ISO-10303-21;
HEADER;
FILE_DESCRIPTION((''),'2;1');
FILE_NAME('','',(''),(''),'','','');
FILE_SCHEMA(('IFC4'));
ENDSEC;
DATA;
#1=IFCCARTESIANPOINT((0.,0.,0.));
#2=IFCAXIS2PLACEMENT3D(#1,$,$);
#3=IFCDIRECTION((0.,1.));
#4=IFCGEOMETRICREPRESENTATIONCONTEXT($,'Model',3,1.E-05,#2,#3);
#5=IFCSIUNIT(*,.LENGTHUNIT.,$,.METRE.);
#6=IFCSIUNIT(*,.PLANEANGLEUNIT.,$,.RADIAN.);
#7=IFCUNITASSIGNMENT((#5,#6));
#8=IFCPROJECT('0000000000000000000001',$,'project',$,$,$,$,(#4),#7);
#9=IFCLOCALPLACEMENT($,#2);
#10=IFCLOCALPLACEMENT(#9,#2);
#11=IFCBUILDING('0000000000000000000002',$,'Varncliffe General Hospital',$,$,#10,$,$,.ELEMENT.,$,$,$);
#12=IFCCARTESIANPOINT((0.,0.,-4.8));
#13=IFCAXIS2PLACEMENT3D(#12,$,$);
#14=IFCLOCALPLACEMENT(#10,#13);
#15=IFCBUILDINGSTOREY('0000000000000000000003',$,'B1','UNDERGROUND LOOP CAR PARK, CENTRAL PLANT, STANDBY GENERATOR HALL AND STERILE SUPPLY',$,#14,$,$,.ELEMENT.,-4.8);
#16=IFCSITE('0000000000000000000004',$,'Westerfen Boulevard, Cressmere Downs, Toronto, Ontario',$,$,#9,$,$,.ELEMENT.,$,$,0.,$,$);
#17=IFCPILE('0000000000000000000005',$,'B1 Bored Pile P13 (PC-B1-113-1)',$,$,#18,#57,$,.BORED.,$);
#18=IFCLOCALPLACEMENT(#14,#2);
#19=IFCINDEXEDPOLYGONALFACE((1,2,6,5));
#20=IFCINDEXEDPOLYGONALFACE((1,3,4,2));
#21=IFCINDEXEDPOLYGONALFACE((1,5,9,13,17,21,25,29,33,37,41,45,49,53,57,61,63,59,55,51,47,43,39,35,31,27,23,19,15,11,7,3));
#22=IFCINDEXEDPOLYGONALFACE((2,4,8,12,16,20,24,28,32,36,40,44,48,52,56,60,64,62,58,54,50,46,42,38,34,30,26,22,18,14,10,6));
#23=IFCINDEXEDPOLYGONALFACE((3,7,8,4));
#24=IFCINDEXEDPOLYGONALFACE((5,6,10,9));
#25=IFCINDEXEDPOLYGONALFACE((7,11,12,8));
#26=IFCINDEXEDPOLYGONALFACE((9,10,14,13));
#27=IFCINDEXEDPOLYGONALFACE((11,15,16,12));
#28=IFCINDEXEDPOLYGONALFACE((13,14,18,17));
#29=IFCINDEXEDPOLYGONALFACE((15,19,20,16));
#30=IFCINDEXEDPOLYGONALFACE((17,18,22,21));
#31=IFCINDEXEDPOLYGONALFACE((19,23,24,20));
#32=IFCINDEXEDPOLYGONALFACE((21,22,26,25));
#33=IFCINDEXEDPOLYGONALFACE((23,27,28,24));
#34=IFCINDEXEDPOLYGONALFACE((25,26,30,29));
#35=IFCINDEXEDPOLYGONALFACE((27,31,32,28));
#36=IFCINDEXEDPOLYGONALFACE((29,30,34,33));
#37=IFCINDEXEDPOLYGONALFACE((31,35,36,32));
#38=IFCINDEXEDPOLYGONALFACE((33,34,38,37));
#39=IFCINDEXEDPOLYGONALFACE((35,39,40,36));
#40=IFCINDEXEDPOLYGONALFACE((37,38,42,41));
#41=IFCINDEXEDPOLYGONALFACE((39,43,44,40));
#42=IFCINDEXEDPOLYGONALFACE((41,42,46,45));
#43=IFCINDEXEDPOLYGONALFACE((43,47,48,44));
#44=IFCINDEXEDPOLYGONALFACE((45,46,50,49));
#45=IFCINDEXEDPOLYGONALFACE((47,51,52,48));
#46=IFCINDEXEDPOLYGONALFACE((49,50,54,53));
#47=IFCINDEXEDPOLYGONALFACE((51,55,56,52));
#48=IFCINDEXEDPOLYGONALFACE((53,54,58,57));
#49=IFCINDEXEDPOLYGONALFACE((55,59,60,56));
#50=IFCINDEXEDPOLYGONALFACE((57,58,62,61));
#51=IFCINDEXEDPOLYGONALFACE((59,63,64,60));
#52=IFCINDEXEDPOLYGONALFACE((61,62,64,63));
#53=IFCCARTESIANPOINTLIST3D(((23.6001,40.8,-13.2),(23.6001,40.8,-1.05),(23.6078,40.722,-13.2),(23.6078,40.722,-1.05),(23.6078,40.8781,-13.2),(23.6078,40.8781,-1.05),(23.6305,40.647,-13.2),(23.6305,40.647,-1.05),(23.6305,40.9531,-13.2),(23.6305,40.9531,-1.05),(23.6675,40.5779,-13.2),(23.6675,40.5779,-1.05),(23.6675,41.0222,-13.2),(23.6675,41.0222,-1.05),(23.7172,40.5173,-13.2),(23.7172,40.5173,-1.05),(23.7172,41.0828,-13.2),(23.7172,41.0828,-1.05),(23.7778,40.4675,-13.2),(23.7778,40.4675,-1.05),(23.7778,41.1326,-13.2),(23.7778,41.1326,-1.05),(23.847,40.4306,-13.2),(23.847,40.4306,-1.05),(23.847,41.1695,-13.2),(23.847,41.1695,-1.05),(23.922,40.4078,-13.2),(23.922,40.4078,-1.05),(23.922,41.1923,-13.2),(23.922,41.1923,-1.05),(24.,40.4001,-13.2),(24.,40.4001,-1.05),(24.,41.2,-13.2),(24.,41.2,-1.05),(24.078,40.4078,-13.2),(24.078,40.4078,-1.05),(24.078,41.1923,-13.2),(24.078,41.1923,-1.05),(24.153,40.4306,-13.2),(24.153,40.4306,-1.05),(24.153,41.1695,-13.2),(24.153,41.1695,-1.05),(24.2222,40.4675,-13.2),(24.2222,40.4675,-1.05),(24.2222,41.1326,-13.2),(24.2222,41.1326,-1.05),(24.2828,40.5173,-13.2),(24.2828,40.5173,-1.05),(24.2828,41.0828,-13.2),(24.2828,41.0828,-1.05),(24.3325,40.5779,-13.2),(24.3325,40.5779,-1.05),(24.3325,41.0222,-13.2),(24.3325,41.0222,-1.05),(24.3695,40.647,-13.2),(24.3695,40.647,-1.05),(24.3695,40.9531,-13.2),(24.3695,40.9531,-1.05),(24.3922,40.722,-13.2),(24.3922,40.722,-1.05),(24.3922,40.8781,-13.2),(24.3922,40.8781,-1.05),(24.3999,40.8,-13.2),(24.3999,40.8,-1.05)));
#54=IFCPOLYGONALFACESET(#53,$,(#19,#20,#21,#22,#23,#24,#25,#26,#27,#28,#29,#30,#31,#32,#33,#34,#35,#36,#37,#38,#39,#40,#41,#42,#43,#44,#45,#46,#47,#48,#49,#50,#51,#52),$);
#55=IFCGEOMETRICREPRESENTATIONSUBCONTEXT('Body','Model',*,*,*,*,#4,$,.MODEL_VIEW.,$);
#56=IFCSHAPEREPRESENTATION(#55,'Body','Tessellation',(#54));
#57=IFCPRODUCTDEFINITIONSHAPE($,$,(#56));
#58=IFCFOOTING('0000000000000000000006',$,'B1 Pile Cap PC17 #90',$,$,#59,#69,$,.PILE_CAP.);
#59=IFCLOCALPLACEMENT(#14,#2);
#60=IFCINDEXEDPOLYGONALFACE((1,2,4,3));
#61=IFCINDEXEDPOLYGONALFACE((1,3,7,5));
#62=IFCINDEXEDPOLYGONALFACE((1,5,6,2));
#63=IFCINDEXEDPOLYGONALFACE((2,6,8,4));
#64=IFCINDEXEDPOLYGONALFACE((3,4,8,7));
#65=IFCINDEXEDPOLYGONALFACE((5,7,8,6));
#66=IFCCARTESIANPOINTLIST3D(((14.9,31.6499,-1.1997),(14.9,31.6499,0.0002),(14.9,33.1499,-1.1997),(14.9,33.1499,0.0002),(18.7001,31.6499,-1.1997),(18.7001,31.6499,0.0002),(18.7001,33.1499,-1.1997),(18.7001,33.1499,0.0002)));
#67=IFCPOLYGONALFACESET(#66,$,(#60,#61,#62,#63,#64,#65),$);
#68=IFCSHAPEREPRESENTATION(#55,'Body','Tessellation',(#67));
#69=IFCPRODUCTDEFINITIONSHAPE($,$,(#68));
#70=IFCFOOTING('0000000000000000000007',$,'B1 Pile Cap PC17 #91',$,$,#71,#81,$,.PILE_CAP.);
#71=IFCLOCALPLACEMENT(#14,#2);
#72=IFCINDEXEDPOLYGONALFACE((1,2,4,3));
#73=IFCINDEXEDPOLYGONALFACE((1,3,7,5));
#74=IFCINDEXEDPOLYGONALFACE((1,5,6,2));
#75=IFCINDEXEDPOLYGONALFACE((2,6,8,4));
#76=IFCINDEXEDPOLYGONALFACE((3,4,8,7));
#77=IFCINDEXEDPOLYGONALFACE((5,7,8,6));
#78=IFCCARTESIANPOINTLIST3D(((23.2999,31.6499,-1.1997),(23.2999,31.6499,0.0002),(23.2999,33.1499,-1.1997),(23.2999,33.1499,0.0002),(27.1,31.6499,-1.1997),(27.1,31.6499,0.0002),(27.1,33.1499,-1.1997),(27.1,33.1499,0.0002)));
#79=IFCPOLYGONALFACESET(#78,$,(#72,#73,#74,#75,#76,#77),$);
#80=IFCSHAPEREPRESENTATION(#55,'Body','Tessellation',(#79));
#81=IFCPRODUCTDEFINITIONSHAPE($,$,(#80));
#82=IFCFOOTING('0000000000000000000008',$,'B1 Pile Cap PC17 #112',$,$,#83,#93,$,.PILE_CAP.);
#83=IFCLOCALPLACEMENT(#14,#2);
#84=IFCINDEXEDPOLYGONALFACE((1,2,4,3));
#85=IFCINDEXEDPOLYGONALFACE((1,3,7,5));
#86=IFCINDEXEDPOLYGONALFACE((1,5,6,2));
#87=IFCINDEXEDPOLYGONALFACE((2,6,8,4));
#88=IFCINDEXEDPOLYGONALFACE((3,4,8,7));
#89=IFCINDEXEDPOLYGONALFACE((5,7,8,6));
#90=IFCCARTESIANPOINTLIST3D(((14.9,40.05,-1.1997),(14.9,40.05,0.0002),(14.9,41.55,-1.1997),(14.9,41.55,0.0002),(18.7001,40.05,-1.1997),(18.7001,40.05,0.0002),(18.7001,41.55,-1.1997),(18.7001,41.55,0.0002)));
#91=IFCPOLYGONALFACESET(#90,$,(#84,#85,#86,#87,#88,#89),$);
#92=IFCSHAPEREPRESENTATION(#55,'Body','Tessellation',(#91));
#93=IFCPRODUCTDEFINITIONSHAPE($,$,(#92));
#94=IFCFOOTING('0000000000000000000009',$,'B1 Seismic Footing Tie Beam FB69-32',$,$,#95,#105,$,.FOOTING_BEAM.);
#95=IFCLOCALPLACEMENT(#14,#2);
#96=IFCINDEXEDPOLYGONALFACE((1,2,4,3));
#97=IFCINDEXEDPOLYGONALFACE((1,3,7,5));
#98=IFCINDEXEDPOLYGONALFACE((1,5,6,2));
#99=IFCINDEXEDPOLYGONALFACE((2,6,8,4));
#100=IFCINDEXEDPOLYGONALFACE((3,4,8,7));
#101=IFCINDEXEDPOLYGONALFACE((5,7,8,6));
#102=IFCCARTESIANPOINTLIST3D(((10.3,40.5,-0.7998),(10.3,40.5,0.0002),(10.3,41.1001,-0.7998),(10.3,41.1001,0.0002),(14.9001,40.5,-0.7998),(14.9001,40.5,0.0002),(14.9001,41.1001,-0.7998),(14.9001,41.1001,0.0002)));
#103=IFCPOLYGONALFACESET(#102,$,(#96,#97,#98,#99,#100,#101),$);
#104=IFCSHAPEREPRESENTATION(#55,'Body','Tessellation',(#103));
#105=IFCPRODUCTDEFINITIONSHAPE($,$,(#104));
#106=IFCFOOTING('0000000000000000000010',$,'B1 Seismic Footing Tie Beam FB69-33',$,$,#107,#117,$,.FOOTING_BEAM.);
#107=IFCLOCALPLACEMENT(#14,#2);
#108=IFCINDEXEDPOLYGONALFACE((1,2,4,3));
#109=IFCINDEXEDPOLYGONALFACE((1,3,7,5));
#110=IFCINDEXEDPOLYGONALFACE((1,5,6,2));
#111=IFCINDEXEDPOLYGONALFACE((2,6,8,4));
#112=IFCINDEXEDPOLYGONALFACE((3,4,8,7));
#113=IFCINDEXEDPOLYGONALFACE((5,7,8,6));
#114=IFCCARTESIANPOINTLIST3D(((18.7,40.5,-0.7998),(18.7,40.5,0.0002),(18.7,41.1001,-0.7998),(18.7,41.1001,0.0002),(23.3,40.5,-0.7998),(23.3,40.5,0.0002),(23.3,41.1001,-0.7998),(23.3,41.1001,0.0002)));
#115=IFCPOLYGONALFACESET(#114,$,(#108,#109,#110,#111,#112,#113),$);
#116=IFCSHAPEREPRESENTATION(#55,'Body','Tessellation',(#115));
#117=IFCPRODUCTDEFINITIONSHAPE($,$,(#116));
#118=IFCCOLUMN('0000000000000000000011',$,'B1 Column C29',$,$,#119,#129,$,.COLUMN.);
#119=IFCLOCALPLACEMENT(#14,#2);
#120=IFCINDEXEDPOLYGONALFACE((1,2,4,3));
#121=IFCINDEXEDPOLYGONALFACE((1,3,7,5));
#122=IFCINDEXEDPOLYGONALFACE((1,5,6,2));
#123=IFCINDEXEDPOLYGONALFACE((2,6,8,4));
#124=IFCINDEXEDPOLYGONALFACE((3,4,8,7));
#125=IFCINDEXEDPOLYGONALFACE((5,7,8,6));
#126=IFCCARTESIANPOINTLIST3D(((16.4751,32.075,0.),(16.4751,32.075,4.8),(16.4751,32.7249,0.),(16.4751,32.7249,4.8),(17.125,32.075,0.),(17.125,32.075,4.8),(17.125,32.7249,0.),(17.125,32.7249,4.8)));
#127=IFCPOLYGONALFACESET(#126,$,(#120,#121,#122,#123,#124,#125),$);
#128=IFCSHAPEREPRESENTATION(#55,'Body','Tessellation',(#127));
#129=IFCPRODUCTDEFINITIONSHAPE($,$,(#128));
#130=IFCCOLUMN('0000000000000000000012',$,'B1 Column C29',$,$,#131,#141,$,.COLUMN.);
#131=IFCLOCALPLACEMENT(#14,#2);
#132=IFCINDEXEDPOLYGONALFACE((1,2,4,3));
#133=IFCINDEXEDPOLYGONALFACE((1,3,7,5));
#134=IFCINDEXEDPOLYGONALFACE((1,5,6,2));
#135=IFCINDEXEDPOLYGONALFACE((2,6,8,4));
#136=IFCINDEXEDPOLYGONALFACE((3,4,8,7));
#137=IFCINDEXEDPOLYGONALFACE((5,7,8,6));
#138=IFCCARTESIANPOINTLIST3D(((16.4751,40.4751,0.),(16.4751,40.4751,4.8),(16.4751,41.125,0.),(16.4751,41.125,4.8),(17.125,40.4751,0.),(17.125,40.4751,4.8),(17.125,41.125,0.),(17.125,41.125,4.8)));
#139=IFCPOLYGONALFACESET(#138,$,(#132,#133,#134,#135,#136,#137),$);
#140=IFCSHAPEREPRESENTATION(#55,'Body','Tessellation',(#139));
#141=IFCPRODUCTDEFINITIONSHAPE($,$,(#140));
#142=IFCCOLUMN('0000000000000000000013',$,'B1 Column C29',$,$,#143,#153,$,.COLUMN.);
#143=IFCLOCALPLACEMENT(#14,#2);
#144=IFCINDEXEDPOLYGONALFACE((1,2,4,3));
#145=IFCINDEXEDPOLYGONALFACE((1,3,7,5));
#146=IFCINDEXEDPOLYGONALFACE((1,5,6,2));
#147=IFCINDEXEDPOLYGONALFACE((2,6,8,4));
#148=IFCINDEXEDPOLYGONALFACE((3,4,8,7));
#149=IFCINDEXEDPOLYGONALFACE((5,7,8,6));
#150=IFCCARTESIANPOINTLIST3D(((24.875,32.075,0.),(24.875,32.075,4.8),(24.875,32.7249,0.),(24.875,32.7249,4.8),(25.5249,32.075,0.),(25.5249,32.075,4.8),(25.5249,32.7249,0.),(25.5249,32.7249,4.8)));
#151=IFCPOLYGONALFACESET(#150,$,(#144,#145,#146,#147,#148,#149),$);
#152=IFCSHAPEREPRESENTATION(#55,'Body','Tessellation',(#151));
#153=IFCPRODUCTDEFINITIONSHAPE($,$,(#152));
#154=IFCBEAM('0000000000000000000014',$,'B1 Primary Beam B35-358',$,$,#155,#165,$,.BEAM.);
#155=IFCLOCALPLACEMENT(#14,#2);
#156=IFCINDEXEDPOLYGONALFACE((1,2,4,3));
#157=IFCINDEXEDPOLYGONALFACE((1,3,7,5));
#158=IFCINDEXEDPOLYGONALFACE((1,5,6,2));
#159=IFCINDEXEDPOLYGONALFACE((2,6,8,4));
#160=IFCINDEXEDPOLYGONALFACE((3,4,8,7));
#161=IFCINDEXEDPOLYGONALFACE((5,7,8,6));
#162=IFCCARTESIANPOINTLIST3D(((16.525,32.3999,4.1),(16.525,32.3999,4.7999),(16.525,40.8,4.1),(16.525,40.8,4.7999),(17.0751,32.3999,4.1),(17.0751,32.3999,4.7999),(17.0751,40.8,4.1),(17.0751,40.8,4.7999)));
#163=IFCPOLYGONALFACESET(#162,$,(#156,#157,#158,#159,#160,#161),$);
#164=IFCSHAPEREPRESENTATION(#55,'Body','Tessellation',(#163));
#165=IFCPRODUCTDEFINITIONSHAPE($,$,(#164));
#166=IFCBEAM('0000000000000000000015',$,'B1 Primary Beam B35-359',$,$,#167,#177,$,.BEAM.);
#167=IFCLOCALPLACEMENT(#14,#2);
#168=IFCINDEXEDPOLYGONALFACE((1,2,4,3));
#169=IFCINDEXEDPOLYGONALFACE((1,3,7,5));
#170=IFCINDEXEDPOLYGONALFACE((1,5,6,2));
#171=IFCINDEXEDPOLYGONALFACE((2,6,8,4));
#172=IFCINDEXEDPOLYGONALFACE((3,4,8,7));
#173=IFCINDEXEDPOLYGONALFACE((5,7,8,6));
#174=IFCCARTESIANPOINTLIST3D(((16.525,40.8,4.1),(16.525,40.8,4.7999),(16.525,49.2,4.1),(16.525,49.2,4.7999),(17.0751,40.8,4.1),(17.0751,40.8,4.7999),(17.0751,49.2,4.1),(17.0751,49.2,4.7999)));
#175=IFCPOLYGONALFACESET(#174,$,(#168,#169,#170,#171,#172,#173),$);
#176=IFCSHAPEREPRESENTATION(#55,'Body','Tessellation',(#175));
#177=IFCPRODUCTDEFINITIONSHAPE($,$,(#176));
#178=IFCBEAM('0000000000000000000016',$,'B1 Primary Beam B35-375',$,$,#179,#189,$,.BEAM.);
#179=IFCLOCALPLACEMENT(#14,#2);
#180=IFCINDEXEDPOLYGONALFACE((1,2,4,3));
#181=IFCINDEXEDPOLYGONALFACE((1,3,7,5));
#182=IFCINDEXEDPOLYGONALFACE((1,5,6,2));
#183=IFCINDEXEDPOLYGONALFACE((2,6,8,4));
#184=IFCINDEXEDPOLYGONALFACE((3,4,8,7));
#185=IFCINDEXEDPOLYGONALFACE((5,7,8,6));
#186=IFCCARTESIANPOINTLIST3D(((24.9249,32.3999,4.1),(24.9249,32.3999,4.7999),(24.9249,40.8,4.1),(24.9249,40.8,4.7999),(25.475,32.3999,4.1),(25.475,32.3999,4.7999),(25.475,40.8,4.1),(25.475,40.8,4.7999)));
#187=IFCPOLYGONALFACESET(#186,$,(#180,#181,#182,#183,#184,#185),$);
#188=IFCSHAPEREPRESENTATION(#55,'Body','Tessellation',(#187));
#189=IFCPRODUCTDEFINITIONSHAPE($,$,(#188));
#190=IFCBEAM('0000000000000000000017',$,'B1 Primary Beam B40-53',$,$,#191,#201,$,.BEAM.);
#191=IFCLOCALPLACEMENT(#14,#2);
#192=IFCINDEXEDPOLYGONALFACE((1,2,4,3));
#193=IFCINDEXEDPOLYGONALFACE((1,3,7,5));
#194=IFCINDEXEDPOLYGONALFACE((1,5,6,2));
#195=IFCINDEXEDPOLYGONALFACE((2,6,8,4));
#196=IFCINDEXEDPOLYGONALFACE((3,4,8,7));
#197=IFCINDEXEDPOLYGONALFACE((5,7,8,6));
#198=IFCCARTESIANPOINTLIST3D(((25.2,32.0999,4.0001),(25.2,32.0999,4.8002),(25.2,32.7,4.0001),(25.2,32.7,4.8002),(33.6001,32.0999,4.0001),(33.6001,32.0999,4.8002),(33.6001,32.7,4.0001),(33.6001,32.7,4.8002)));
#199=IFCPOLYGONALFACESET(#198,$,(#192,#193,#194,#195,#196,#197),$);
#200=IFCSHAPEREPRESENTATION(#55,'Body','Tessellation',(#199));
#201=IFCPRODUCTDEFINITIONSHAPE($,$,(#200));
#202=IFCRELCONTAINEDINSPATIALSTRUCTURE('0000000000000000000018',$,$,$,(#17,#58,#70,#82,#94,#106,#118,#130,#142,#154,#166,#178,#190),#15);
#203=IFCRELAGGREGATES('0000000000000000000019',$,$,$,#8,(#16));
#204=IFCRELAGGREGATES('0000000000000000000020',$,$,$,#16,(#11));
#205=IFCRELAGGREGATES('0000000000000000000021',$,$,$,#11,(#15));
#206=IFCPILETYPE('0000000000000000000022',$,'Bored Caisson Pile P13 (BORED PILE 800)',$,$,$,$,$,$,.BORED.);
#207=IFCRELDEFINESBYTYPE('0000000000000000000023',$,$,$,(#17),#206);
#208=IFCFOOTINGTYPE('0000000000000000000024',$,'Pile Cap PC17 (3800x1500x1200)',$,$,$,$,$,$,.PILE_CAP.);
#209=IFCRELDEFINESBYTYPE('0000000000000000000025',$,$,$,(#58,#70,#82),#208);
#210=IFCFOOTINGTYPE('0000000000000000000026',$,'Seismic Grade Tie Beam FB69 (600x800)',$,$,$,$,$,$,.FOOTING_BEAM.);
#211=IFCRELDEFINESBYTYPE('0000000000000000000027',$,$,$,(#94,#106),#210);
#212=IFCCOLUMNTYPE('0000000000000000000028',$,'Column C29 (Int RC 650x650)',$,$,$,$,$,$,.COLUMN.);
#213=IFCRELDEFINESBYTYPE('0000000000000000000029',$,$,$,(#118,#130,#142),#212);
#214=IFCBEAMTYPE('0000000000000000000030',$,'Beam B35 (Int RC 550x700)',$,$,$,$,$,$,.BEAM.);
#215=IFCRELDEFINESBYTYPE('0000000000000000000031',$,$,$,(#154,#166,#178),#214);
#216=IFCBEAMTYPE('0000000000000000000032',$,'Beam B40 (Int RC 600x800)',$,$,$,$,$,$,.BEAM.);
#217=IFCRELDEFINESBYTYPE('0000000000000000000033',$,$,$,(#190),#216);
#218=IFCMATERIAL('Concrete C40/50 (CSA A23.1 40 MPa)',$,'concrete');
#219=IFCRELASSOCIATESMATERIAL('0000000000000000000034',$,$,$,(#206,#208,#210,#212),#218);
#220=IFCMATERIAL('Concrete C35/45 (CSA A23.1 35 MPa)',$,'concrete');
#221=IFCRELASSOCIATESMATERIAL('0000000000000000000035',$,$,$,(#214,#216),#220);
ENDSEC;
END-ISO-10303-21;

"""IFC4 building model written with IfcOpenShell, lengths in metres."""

from ifc_helpers import new_model, si_unit, direction, frame, origin, origin_2d, place, context, subcontext, project, spatial, rectangle, circle, extrude, material, material_profile, profile_set, type_object, element, save


model = new_model("IFC4")

# Units and contexts
model_context = context("Model", 3, precision=1e-05, world=origin(), true_north=direction((0.0, 1.0)))
body_context = subcontext(model_context, "Body", "Model", "MODEL_VIEW")
ifc_project = project(units=[si_unit("LENGTHUNIT", "METRE"), si_unit("PLANEANGLEUNIT", "RADIAN")], contexts=[model_context])

# Site, building, storey
site_placement = place(None, origin())
site = spatial("IfcSite", under=ifc_project, at=site_placement, Name="Westerfen Boulevard, Cressmere Downs, Toronto, Ontario", CompositionType="ELEMENT", RefElevation=0.0)
building_placement = place(site_placement, origin())
building = spatial("IfcBuilding", under=site, at=building_placement, Name="Varncliffe General Hospital", CompositionType="ELEMENT")
storey_placement = place(building_placement, frame((0.0, 0.0, -4.8)))
storey = spatial("IfcBuildingStorey", under=building, at=storey_placement, Name="B1", Description="UNDERGROUND LOOP CAR PARK, CENTRAL PLANT, STANDBY GENERATOR HALL AND STERILE SUPPLY", CompositionType="ELEMENT", Elevation=-4.8)

# Pile
ifc_material_1 = material(Name="Concrete C40/50 (CSA A23.1 40 MPa)", Category="concrete")
ifc_material_profile_1 = material_profile(ifc_material_1, circle(Radius=0.3999, at=origin_2d()), Name="BORED PILE 800")
ifc_profile_set_1 = profile_set([ifc_material_profile_1], Name="Concrete C40/50 (CSA A23.1 40 MPa)")
pile_type = type_object("IfcPileType", Name="Bored Caisson Pile P13 (BORED PILE 800)", PredefinedType="BORED", material=ifc_profile_set_1)
for number, where, z_axis, x_axis, name in (
    (1, (24.0, 40.8, -1.05), (0.0, 0.0, -1.0), (1.0, 0.0, 0.0), "B1 Bored Pile P13 (PC-B1-113-1)"),
):
    element("IfcPile", number, at=place(storey_placement, frame(where, z_axis=z_axis, x_axis=x_axis)), inside=storey, type_object=pile_type, Name=name, PredefinedType="BORED", context=body_context, shape_type="SweptSolid", body=[
        extrude(circle(Radius=0.3999, at=origin_2d()), origin(), (0.0, 0.0, 1.0), 12.1499),
    ])

# Footings
footing_type_1 = type_object("IfcFootingType", Name="Pile Cap PC17 (3800x1500x1200)", PredefinedType="PILE_CAP", material=ifc_material_1)
for number, where, z_axis, x_axis, name in (
    (2, (16.8, 32.3999, -1.1997), (0.0, 0.0, 1.0), (1.0, 0.0, 0.0), "B1 Pile Cap PC17 #90"),
    (3, (25.2, 32.3999, -1.1997), (0.0, 0.0, 1.0), (1.0, 0.0, 0.0), "B1 Pile Cap PC17 #91"),
    (4, (16.8, 40.8, -1.1997), (0.0, 0.0, 1.0), (1.0, 0.0, 0.0), "B1 Pile Cap PC17 #112"),
):
    element("IfcFooting", number, at=place(storey_placement, frame(where, z_axis=z_axis, x_axis=x_axis)), inside=storey, type_object=footing_type_1, Name=name, PredefinedType="PILE_CAP", context=body_context, shape_type="SweptSolid", body=[
        extrude(rectangle(XDim=3.8, YDim=1.5, at=origin_2d()), origin(), (0.0, 0.0, 1.0), 1.2),
    ])
footing_type_2 = type_object("IfcFootingType", Name="Seismic Grade Tie Beam FB69 (600x800)", PredefinedType="FOOTING_BEAM", material=ifc_material_1)
for number, where, z_axis, x_axis, name in (
    (5, (12.6001, 40.8, -0.7998), (0.0, 0.0, 1.0), (1.0, 0.0, 0.0), "B1 Seismic Footing Tie Beam FB69-32"),
    (6, (21.0, 40.8, -0.7998), (0.0, 0.0, 1.0), (1.0, 0.0, 0.0), "B1 Seismic Footing Tie Beam FB69-33"),
):
    element("IfcFooting", number, at=place(storey_placement, frame(where, z_axis=z_axis, x_axis=x_axis)), inside=storey, type_object=footing_type_2, Name=name, PredefinedType="FOOTING_BEAM", context=body_context, shape_type="SweptSolid", body=[
        extrude(rectangle(XDim=4.6001, YDim=0.6001, at=origin_2d()), origin(), (0.0, 0.0, 1.0), 0.8),
    ])

# Columns
ifc_material_profile_2 = material_profile(ifc_material_1, rectangle(XDim=0.6499, YDim=0.6499, at=origin_2d()), Name="RC 650x650")
ifc_profile_set_2 = profile_set([ifc_material_profile_2], Name="Concrete C40/50 (CSA A23.1 40 MPa)")
column_type = type_object("IfcColumnType", Name="Column C29 (Int RC 650x650)", PredefinedType="COLUMN", material=ifc_profile_set_2)
for number, where, z_axis, x_axis, name in (
    (7, (16.8, 32.3999, 0.0), (0.0, 0.0, 1.0), (1.0, 0.0, 0.0), "B1 Column C29"),
    (8, (16.8, 40.8, 0.0), (0.0, 0.0, 1.0), (1.0, 0.0, 0.0), "B1 Column C29"),
    (9, (25.2, 32.3999, 0.0), (0.0, 0.0, 1.0), (1.0, 0.0, 0.0), "B1 Column C29"),
):
    element("IfcColumn", number, at=place(storey_placement, frame(where, z_axis=z_axis, x_axis=x_axis)), inside=storey, type_object=column_type, Name=name, PredefinedType="COLUMN", context=body_context, shape_type="SweptSolid", body=[
        extrude(rectangle(XDim=0.6499, YDim=0.6499, at=origin_2d()), origin(), (0.0, 0.0, 1.0), 4.8),
    ])

# Beams
ifc_material_2 = material(Name="Concrete C35/45 (CSA A23.1 35 MPa)", Category="concrete")
ifc_material_profile_3 = material_profile(ifc_material_2, rectangle(XDim=0.55, YDim=0.7, at=origin_2d()), Name="RC 550x700")
ifc_profile_set_3 = profile_set([ifc_material_profile_3], Name="Concrete C35/45 (CSA A23.1 35 MPa)")
beam_type_1 = type_object("IfcBeamType", Name="Beam B35 (Int RC 550x700)", PredefinedType="BEAM", material=ifc_profile_set_3)
beam_1_placement = place(storey_placement, frame((16.8, 32.3999, 4.45), z_axis=(0.0, 1.0, 0.0), x_axis=(-1.0, 0.0, 0.0)))
element("IfcBeam", 10, at=beam_1_placement, inside=storey, type_object=beam_type_1, Name="B1 Primary Beam B35-358", PredefinedType="BEAM", context=body_context, shape_type="SweptSolid", body=[
    extrude(rectangle(XDim=0.55, YDim=0.7, at=origin_2d()), origin(), (0.0, 0.0, 1.0), 8.4001),
])
beam_2_placement = place(storey_placement, frame((16.8, 40.8, 4.45), z_axis=(0.0, 1.0, 0.0), x_axis=(-1.0, 0.0, 0.0)))
element("IfcBeam", 11, at=beam_2_placement, inside=storey, type_object=beam_type_1, Name="B1 Primary Beam B35-359", PredefinedType="BEAM", context=body_context, shape_type="SweptSolid", body=[
    extrude(rectangle(XDim=0.55, YDim=0.7, at=origin_2d()), origin(), (0.0, 0.0, 1.0), 8.3999),
])
beam_3_placement = place(storey_placement, frame((25.2, 32.3999, 4.45), z_axis=(0.0, 1.0, 0.0), x_axis=(-1.0, 0.0, 0.0)))
element("IfcBeam", 12, at=beam_3_placement, inside=storey, type_object=beam_type_1, Name="B1 Primary Beam B35-375", PredefinedType="BEAM", context=body_context, shape_type="SweptSolid", body=[
    extrude(rectangle(XDim=0.55, YDim=0.7, at=origin_2d()), origin(), (0.0, 0.0, 1.0), 8.4001),
])
ifc_material_profile_4 = material_profile(ifc_material_2, rectangle(XDim=0.6001, YDim=0.8, at=origin_2d()), Name="RC 600x800")
ifc_profile_set_4 = profile_set([ifc_material_profile_4], Name="Concrete C35/45 (CSA A23.1 35 MPa)")
beam_type_2 = type_object("IfcBeamType", Name="Beam B40 (Int RC 600x800)", PredefinedType="BEAM", material=ifc_profile_set_4)
beam_4_placement = place(storey_placement, frame((25.2, 32.3999, 4.4001), z_axis=(1.0, 0.0, 0.0), x_axis=(0.0, 1.0, 0.0)))
element("IfcBeam", 13, at=beam_4_placement, inside=storey, type_object=beam_type_2, Name="B1 Primary Beam B40-53", PredefinedType="BEAM", context=body_context, shape_type="SweptSolid", body=[
    extrude(rectangle(XDim=0.6001, YDim=0.8, at=origin_2d()), origin(), (0.0, 0.0, 1.0), 8.4001),
])

save(model, "model.ifc")
